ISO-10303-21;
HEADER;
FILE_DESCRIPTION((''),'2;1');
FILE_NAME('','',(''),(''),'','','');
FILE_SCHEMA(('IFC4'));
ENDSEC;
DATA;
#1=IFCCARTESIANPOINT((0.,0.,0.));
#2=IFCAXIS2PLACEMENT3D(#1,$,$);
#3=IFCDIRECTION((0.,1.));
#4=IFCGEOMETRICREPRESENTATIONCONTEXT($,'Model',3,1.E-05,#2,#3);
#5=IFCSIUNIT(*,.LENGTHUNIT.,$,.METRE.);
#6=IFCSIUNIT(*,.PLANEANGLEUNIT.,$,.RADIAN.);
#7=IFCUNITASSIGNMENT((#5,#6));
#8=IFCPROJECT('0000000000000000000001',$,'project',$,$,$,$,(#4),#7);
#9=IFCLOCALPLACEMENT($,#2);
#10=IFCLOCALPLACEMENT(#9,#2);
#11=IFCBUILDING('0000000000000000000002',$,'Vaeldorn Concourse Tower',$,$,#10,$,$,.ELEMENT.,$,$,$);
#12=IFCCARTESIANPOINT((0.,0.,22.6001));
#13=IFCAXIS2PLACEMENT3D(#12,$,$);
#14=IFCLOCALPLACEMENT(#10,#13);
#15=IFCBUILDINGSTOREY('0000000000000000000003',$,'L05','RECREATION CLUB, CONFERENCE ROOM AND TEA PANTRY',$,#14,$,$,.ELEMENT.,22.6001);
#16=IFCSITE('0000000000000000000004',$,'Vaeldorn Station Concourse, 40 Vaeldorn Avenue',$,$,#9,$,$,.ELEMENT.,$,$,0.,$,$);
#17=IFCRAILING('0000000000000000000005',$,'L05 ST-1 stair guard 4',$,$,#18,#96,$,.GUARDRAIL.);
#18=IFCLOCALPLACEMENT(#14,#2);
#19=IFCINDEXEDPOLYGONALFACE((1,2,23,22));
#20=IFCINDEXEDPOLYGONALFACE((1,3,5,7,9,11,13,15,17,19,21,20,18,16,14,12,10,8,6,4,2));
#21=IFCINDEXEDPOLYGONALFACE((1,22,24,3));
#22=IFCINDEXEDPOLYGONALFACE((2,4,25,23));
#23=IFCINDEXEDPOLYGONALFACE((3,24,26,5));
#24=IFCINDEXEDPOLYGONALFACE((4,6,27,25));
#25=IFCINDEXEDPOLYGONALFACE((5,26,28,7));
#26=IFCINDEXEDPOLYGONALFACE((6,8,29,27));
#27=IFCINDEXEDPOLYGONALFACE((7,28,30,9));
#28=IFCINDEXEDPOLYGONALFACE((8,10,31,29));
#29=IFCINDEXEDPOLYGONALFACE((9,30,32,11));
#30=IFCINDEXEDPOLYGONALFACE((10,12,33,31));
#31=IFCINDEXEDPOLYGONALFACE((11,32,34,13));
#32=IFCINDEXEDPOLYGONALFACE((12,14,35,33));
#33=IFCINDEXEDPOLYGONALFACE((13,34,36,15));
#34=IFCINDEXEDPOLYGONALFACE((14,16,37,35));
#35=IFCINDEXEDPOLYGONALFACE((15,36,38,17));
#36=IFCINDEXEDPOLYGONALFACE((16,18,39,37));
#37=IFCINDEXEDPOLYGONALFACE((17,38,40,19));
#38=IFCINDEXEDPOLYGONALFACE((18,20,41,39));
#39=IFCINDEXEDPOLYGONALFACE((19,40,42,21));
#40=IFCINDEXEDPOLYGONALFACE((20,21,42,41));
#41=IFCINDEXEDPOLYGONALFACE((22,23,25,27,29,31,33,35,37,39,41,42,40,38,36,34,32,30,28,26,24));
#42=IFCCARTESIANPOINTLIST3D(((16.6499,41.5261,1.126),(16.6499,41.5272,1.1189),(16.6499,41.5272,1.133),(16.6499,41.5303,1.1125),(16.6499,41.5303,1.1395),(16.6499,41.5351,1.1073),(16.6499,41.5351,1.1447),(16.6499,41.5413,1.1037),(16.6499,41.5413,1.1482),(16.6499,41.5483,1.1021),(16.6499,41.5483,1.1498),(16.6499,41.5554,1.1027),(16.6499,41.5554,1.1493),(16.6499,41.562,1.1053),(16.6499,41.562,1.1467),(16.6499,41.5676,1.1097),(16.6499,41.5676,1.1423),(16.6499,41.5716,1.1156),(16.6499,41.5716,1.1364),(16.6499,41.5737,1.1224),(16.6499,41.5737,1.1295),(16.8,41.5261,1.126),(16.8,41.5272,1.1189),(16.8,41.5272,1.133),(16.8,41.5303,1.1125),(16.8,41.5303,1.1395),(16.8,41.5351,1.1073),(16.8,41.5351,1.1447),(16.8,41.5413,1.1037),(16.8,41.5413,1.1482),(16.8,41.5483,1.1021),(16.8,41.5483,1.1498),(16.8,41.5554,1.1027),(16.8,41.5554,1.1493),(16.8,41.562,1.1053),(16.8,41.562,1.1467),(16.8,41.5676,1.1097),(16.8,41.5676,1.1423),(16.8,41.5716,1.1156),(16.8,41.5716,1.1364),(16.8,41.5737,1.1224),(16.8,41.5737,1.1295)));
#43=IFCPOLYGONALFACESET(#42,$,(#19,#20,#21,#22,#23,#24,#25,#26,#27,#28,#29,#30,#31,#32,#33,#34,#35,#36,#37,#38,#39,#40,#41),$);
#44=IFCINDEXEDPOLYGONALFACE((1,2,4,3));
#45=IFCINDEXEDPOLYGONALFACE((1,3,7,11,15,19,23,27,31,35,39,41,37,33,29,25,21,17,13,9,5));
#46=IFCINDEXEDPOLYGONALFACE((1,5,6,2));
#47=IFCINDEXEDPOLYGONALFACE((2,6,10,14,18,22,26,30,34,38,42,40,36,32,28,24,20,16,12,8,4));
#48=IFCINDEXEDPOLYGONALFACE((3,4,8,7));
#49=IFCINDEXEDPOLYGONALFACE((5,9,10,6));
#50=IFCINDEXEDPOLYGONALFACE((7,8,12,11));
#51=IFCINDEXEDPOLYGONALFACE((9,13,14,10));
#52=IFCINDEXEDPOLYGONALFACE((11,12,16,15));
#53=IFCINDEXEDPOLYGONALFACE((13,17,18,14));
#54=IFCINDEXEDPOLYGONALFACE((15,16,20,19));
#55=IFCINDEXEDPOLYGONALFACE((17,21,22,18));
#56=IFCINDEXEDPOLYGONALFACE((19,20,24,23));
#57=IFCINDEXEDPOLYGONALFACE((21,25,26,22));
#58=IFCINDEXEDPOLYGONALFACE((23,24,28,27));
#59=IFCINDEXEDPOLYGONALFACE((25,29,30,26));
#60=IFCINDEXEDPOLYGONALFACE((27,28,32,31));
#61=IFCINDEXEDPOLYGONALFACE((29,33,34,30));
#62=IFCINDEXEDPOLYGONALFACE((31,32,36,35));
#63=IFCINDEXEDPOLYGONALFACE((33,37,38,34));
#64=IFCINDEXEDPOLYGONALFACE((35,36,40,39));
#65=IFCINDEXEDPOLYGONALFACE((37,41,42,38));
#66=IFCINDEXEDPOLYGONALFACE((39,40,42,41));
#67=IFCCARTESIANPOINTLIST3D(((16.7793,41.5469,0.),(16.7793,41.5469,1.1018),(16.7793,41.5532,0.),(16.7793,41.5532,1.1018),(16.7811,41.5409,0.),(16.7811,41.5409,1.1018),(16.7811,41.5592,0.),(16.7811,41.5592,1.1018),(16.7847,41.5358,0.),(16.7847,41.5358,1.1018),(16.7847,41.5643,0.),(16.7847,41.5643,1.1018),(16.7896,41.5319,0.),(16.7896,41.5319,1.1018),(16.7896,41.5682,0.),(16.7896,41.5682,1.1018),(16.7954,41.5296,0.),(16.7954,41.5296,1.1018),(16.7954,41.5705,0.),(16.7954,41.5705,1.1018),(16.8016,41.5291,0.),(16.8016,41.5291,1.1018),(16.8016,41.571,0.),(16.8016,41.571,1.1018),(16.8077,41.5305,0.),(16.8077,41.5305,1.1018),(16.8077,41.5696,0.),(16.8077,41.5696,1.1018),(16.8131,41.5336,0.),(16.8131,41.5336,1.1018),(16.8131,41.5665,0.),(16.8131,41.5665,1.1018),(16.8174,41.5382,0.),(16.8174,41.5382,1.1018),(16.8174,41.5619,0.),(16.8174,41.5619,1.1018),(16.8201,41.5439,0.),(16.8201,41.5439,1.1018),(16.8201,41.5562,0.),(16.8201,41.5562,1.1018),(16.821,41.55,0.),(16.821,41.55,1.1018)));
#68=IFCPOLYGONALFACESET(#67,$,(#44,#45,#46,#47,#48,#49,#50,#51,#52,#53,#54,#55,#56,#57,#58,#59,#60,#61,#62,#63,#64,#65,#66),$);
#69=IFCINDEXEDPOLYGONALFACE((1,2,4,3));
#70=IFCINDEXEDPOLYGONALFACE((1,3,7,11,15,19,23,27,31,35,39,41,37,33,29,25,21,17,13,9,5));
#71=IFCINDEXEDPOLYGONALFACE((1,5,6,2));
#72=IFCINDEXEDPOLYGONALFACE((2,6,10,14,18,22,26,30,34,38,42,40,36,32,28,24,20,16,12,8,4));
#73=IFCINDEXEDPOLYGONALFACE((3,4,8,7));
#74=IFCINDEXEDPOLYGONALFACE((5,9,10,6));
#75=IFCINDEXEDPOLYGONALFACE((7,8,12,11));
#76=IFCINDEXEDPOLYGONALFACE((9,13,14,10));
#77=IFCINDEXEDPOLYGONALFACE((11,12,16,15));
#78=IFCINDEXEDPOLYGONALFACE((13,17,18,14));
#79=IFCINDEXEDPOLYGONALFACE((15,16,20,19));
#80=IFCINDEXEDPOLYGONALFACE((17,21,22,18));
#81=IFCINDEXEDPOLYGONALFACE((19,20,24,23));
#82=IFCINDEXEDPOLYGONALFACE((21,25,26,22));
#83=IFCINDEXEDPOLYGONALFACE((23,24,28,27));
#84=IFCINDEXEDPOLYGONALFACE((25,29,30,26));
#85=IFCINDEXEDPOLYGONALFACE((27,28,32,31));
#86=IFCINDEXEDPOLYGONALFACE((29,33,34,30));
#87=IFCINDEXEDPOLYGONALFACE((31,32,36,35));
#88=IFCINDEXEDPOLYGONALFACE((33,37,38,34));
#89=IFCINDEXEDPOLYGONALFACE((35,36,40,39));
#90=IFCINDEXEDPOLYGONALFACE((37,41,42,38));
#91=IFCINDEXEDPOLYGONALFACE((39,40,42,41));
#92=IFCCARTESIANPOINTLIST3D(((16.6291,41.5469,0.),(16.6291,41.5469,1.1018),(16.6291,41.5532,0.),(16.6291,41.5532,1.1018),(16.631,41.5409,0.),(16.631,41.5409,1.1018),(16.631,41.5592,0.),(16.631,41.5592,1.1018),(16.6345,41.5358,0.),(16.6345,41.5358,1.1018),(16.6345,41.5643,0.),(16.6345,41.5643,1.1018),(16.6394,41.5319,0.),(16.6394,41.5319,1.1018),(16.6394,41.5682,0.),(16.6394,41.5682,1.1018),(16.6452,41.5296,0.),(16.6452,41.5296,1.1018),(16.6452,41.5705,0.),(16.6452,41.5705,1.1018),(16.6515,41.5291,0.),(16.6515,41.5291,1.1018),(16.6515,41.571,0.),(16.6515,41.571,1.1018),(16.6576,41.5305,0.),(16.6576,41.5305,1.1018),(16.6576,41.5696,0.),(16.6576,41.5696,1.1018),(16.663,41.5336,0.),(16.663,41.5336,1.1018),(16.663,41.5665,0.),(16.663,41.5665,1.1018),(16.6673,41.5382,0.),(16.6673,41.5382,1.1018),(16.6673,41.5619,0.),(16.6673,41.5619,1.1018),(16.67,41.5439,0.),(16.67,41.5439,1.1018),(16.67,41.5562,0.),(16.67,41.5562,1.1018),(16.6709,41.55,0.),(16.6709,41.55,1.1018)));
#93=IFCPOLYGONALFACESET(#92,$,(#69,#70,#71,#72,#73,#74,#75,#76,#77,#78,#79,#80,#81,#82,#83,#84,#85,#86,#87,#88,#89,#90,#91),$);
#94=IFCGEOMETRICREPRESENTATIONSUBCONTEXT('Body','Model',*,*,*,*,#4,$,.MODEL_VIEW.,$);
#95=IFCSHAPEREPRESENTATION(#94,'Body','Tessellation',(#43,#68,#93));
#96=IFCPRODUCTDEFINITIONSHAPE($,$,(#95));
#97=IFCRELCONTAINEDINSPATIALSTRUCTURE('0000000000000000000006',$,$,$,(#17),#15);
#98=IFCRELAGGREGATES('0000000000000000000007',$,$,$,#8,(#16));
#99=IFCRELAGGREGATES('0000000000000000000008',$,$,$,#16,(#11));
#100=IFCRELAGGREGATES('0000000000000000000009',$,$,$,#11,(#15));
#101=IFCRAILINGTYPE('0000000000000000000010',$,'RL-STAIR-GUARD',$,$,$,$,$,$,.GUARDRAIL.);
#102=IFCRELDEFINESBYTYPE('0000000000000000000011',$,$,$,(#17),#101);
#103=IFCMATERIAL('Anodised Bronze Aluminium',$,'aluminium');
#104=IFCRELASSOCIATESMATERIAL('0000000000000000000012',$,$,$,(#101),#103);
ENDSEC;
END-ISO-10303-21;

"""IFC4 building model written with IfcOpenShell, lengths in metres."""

from ifc_helpers import new_model, si_unit, direction, frame, origin, origin_2d, place, context, subcontext, project, spatial, circle, extrude, material, type_object, element, save


model = new_model("IFC4")

# Units and contexts
model_context = context("Model", 3, precision=1e-05, world=origin(), true_north=direction((0.0, 1.0)))
body_context = subcontext(model_context, "Body", "Model", "MODEL_VIEW")
ifc_project = project(units=[si_unit("LENGTHUNIT", "METRE"), si_unit("PLANEANGLEUNIT", "RADIAN")], contexts=[model_context])

# Site, building, storey
site_placement = place(None, origin())
site = spatial("IfcSite", under=ifc_project, at=site_placement, Name="Vaeldorn Station Concourse, 40 Vaeldorn Avenue", CompositionType="ELEMENT", RefElevation=0.0)
building_placement = place(site_placement, origin())
building = spatial("IfcBuilding", under=site, at=building_placement, Name="Vaeldorn Concourse Tower", CompositionType="ELEMENT")
storey_placement = place(building_placement, frame((0.0, 0.0, 22.6001)))
storey = spatial("IfcBuildingStorey", under=building, at=storey_placement, Name="L05", Description="RECREATION CLUB, CONFERENCE ROOM AND TEA PANTRY", CompositionType="ELEMENT", Elevation=22.6001)

# Shared definitions
ifc_material_1 = material(Name="Anodised Bronze Aluminium", Category="aluminium")

# Railing
railing_type_1 = type_object("IfcRailingType", Name="RL-STAIR-GUARD", PredefinedType="GUARDRAIL", material=ifc_material_1)
railing_1_placement = place(storey_placement, frame((16.8, 41.55, 0.0)))
element("IfcRailing", 1, at=railing_1_placement, inside=storey, type_object=railing_type_1, Name="L05 ST-1 stair guard 4", PredefinedType="GUARDRAIL", context=body_context, shape_type="SweptSolid", body=[
    extrude(circle(Radius=0.0239, at=origin_2d()), frame((0.0, 0.0, 1.126), z_axis=(-1.0, 0.0, 0.0), x_axis=(0.0, -1.0, 0.0)), (0.0, 0.0, 1.0), 0.1501),
    extrude(circle(Radius=0.021, at=origin_2d()), origin(), (0.0, 0.0, 1.0), 1.1018),
    extrude(circle(Radius=0.021, at=origin_2d()), frame((-0.1501, 0.0, 0.0)), (0.0, 0.0, 1.0), 1.1018),
])

save(model, "model.ifc")
